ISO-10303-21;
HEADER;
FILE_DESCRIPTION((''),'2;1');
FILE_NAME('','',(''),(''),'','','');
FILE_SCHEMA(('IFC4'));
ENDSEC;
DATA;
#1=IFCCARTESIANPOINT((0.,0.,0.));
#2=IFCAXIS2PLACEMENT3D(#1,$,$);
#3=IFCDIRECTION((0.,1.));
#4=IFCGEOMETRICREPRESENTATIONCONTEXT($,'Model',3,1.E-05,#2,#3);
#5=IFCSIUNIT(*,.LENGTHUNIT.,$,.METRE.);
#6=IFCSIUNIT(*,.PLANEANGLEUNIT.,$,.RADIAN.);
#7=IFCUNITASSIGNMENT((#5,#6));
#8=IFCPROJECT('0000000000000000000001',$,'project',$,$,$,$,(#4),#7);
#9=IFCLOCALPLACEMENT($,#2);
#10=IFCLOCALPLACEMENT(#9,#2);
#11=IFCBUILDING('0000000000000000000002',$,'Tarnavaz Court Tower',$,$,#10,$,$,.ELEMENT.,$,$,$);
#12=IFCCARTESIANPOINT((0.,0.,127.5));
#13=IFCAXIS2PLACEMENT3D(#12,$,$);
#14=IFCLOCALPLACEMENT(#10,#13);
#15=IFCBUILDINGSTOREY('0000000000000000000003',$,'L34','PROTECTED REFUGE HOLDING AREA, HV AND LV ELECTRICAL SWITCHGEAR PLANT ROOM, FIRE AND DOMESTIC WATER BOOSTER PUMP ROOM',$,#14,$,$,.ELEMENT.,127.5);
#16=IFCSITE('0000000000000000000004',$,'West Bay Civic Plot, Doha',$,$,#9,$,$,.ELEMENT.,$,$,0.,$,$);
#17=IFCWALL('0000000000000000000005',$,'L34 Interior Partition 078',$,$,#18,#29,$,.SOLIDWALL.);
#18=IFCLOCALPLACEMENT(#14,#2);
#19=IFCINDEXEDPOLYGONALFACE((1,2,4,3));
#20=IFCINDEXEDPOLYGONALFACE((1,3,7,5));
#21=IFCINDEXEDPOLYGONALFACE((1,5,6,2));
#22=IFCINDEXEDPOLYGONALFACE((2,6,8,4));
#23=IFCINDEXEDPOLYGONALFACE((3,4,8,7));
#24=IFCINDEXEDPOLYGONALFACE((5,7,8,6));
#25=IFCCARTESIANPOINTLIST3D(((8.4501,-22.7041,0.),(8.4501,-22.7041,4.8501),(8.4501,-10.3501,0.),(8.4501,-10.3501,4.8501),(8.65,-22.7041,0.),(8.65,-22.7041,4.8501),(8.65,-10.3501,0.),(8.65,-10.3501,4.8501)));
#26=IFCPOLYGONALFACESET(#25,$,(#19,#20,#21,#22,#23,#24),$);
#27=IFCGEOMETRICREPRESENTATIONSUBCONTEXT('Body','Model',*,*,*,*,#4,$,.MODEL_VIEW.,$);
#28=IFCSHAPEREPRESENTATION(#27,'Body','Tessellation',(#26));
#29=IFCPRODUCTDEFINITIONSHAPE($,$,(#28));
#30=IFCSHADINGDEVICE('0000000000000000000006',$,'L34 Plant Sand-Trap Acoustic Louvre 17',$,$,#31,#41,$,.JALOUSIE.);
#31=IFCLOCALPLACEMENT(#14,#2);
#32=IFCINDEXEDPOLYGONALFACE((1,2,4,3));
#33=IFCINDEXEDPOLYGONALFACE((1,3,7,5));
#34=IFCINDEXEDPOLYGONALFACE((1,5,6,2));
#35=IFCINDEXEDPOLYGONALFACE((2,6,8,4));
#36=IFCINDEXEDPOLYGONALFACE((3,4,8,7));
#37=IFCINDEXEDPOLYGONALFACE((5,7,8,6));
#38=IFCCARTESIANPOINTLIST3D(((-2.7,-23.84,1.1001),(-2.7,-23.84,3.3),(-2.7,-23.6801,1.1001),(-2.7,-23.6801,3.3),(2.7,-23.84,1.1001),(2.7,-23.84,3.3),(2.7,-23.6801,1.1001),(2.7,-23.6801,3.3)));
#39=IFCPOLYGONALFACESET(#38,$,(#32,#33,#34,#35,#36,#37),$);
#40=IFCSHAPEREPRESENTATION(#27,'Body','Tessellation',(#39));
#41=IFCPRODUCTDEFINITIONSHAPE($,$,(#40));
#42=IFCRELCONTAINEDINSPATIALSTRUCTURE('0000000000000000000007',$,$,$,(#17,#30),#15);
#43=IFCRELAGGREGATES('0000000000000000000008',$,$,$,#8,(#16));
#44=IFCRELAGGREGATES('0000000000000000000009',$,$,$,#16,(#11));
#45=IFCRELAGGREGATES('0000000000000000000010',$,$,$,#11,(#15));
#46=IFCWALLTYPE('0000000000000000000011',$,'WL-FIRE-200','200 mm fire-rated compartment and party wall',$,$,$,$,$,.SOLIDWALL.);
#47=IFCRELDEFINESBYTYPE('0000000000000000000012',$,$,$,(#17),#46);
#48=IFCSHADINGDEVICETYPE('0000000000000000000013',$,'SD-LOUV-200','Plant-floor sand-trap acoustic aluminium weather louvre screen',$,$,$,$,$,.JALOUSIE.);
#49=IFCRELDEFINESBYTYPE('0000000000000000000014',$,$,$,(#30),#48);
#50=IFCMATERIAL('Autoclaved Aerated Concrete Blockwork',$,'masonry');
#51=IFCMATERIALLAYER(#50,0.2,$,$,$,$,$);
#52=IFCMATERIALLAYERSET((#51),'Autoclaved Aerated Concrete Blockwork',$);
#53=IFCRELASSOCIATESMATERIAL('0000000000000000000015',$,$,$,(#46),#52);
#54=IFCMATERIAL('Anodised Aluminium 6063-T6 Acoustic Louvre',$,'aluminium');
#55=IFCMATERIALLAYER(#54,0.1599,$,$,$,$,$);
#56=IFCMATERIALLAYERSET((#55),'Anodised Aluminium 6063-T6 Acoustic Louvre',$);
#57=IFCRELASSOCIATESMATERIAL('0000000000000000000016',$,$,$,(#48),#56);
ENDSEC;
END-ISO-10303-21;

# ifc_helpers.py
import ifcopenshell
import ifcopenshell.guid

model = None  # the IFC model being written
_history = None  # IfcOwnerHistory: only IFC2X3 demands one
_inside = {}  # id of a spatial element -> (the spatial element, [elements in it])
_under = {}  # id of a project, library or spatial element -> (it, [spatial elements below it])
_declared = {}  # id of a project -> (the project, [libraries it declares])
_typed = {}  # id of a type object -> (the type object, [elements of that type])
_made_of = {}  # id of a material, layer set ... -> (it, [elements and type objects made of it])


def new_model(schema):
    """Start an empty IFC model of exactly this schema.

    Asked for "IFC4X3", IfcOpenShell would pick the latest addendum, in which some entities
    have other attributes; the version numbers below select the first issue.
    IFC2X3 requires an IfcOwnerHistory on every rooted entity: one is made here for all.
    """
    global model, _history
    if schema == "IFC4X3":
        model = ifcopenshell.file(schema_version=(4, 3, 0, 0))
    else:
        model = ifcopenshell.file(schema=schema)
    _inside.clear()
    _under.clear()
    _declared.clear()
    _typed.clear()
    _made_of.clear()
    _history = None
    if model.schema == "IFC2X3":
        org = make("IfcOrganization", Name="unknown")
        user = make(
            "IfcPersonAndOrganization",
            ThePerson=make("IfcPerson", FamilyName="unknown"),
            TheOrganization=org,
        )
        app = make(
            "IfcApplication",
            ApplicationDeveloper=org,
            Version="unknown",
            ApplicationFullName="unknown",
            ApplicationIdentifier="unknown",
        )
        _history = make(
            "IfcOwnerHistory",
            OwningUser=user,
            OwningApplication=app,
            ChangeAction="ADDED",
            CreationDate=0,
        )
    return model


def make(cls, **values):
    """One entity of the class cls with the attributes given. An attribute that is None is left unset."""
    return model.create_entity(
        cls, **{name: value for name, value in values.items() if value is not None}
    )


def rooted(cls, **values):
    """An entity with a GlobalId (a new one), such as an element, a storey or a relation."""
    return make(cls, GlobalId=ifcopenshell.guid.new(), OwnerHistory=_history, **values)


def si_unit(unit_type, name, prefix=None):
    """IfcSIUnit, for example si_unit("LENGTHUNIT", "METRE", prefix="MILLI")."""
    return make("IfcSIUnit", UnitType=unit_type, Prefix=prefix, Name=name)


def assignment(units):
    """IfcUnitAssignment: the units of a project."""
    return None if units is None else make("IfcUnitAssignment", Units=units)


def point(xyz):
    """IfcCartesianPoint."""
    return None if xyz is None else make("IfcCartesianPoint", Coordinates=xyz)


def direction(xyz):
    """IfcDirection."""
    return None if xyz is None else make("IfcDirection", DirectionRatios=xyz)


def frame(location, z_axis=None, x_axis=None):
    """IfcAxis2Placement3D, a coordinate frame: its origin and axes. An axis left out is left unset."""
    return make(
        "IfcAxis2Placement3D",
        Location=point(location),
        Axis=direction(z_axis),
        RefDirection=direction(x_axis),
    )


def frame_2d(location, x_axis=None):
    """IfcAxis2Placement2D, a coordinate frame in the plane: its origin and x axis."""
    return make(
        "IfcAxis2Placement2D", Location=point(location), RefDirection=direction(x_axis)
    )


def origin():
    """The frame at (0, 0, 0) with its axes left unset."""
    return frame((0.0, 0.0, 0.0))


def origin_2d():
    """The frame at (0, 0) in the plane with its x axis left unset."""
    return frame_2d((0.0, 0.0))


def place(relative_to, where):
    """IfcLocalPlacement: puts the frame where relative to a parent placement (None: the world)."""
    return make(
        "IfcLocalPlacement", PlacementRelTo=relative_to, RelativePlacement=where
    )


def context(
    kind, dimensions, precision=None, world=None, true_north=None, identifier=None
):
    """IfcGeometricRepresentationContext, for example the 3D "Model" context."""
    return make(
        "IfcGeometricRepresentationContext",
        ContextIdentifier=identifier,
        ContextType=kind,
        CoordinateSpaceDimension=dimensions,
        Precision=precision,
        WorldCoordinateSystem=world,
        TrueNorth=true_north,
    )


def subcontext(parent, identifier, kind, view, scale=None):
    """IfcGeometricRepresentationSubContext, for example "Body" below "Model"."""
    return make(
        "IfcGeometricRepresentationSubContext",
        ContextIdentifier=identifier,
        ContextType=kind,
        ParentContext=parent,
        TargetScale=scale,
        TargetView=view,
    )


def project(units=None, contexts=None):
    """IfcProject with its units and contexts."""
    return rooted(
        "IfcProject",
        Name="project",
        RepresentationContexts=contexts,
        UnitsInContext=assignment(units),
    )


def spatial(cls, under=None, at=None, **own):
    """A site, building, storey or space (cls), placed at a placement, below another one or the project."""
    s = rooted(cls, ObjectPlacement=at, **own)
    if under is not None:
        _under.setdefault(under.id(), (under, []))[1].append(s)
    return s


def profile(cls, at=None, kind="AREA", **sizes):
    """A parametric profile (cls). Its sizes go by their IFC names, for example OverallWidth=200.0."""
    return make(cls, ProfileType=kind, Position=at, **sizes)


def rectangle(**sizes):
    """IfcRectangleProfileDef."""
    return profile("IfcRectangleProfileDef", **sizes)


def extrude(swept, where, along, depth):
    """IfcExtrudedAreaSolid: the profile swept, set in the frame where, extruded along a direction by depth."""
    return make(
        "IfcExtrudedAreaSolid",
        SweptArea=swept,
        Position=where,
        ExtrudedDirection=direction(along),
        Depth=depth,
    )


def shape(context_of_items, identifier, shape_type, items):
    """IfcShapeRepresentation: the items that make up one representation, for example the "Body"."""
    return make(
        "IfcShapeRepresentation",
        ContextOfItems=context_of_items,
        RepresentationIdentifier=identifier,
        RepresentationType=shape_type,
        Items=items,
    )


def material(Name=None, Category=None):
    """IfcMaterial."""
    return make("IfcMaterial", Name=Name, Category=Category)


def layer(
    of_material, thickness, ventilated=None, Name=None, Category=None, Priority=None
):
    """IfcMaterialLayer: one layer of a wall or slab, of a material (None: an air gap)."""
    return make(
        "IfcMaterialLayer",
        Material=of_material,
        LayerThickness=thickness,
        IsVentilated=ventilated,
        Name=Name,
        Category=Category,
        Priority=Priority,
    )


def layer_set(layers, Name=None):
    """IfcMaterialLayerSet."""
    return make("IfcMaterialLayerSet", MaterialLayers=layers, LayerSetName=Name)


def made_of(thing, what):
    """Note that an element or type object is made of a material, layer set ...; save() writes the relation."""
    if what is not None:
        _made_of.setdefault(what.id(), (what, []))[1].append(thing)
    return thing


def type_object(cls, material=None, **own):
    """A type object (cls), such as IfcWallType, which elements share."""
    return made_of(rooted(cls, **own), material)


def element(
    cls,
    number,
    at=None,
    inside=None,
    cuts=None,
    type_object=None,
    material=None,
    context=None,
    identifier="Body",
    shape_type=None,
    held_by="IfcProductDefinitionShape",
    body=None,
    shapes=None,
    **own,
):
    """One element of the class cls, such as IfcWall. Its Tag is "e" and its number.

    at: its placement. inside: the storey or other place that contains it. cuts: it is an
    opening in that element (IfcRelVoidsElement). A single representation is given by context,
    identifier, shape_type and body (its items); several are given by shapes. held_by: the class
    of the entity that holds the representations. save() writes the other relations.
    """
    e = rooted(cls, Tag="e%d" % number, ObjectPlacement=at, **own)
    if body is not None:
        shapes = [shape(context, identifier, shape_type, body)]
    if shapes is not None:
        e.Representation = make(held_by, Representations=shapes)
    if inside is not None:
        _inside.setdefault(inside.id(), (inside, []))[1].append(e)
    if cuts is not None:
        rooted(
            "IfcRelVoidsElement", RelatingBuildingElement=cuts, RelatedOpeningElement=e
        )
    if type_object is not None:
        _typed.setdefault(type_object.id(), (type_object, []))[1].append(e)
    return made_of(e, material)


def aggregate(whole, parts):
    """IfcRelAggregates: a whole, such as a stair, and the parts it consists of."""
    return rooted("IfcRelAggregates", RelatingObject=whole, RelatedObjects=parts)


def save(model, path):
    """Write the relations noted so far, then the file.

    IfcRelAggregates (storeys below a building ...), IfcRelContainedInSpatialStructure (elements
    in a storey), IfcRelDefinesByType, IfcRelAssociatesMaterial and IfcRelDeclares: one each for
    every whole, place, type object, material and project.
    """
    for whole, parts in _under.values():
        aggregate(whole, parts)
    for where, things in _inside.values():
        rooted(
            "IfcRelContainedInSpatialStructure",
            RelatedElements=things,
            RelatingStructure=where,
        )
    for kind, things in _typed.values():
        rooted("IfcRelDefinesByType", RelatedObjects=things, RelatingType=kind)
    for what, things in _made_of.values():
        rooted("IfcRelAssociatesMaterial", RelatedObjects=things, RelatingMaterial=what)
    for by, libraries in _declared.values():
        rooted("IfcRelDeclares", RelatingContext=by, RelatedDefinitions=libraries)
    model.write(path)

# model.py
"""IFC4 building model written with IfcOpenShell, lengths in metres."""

from ifc_helpers import new_model, si_unit, direction, frame, frame_2d, origin, origin_2d, place, context, subcontext, project, spatial, rectangle, extrude, material, layer, layer_set, type_object, element, save


model = new_model("IFC4")

# Units and contexts
model_context = context("Model", 3, precision=1e-05, world=origin(), true_north=direction((0.0, 1.0)))
body_context = subcontext(model_context, "Body", "Model", "MODEL_VIEW")
ifc_project = project(units=[si_unit("LENGTHUNIT", "METRE"), si_unit("PLANEANGLEUNIT", "RADIAN")], contexts=[model_context])

# Site, building, storey
site_placement = place(None, origin())
site = spatial("IfcSite", under=ifc_project, at=site_placement, Name="West Bay Civic Plot, Doha", CompositionType="ELEMENT", RefElevation=0.0)
building_placement = place(site_placement, origin())
building = spatial("IfcBuilding", under=site, at=building_placement, Name="Tarnavaz Court Tower", CompositionType="ELEMENT")
storey_placement = place(building_placement, frame((0.0, 0.0, 127.5)))
storey = spatial("IfcBuildingStorey", under=building, at=storey_placement, Name="L34", Description="PROTECTED REFUGE HOLDING AREA, HV AND LV ELECTRICAL SWITCHGEAR PLANT ROOM, FIRE AND DOMESTIC WATER BOOSTER PUMP ROOM", CompositionType="ELEMENT", Elevation=127.5)

# Wall
ifc_material_1 = material(Name="Autoclaved Aerated Concrete Blockwork", Category="masonry")
ifc_layer_1 = layer(ifc_material_1, 0.2)
ifc_layer_set_1 = layer_set([ifc_layer_1], Name="Autoclaved Aerated Concrete Blockwork")
wall_type_1 = type_object("IfcWallType", Name="WL-FIRE-200", Description="200 mm fire-rated compartment and party wall", PredefinedType="SOLIDWALL", material=ifc_layer_set_1)
wall_1_placement = place(storey_placement, frame((8.55, -22.7041, 0.0), z_axis=(0.0, 0.0, 1.0), x_axis=(0.0, 1.0, 0.0)))
element("IfcWall", 1, at=wall_1_placement, inside=storey, type_object=wall_type_1, Name="L34 Interior Partition 078", PredefinedType="SOLIDWALL", context=body_context, shape_type="SweptSolid", body=[
    extrude(rectangle(XDim=12.354, YDim=0.2, at=frame_2d((6.177, 0.0))), origin(), (0.0, 0.0, 1.0), 4.8501),
])

# Shading device
ifc_material_2 = material(Name="Anodised Aluminium 6063-T6 Acoustic Louvre", Category="aluminium")
ifc_layer_2 = layer(ifc_material_2, 0.1599)
ifc_layer_set_2 = layer_set([ifc_layer_2], Name="Anodised Aluminium 6063-T6 Acoustic Louvre")
shading_device_type = type_object("IfcShadingDeviceType", Name="SD-LOUV-200", Description="Plant-floor sand-trap acoustic aluminium weather louvre screen", PredefinedType="JALOUSIE", material=ifc_layer_set_2)
shading_device_placement = place(storey_placement, frame((0.0, -23.76, 1.1001), z_axis=(0.0, 0.0, 1.0), x_axis=(-1.0, 0.0, 0.0)))
element("IfcShadingDevice", 2, at=shading_device_placement, inside=storey, type_object=shading_device_type, Name="L34 Plant Sand-Trap Acoustic Louvre 17", PredefinedType="JALOUSIE", context=body_context, shape_type="SweptSolid", body=[
    extrude(rectangle(XDim=5.3999, YDim=0.1599, at=origin_2d()), origin(), (0.0, 0.0, 1.0), 2.2),
])

save(model, "model.ifc")
